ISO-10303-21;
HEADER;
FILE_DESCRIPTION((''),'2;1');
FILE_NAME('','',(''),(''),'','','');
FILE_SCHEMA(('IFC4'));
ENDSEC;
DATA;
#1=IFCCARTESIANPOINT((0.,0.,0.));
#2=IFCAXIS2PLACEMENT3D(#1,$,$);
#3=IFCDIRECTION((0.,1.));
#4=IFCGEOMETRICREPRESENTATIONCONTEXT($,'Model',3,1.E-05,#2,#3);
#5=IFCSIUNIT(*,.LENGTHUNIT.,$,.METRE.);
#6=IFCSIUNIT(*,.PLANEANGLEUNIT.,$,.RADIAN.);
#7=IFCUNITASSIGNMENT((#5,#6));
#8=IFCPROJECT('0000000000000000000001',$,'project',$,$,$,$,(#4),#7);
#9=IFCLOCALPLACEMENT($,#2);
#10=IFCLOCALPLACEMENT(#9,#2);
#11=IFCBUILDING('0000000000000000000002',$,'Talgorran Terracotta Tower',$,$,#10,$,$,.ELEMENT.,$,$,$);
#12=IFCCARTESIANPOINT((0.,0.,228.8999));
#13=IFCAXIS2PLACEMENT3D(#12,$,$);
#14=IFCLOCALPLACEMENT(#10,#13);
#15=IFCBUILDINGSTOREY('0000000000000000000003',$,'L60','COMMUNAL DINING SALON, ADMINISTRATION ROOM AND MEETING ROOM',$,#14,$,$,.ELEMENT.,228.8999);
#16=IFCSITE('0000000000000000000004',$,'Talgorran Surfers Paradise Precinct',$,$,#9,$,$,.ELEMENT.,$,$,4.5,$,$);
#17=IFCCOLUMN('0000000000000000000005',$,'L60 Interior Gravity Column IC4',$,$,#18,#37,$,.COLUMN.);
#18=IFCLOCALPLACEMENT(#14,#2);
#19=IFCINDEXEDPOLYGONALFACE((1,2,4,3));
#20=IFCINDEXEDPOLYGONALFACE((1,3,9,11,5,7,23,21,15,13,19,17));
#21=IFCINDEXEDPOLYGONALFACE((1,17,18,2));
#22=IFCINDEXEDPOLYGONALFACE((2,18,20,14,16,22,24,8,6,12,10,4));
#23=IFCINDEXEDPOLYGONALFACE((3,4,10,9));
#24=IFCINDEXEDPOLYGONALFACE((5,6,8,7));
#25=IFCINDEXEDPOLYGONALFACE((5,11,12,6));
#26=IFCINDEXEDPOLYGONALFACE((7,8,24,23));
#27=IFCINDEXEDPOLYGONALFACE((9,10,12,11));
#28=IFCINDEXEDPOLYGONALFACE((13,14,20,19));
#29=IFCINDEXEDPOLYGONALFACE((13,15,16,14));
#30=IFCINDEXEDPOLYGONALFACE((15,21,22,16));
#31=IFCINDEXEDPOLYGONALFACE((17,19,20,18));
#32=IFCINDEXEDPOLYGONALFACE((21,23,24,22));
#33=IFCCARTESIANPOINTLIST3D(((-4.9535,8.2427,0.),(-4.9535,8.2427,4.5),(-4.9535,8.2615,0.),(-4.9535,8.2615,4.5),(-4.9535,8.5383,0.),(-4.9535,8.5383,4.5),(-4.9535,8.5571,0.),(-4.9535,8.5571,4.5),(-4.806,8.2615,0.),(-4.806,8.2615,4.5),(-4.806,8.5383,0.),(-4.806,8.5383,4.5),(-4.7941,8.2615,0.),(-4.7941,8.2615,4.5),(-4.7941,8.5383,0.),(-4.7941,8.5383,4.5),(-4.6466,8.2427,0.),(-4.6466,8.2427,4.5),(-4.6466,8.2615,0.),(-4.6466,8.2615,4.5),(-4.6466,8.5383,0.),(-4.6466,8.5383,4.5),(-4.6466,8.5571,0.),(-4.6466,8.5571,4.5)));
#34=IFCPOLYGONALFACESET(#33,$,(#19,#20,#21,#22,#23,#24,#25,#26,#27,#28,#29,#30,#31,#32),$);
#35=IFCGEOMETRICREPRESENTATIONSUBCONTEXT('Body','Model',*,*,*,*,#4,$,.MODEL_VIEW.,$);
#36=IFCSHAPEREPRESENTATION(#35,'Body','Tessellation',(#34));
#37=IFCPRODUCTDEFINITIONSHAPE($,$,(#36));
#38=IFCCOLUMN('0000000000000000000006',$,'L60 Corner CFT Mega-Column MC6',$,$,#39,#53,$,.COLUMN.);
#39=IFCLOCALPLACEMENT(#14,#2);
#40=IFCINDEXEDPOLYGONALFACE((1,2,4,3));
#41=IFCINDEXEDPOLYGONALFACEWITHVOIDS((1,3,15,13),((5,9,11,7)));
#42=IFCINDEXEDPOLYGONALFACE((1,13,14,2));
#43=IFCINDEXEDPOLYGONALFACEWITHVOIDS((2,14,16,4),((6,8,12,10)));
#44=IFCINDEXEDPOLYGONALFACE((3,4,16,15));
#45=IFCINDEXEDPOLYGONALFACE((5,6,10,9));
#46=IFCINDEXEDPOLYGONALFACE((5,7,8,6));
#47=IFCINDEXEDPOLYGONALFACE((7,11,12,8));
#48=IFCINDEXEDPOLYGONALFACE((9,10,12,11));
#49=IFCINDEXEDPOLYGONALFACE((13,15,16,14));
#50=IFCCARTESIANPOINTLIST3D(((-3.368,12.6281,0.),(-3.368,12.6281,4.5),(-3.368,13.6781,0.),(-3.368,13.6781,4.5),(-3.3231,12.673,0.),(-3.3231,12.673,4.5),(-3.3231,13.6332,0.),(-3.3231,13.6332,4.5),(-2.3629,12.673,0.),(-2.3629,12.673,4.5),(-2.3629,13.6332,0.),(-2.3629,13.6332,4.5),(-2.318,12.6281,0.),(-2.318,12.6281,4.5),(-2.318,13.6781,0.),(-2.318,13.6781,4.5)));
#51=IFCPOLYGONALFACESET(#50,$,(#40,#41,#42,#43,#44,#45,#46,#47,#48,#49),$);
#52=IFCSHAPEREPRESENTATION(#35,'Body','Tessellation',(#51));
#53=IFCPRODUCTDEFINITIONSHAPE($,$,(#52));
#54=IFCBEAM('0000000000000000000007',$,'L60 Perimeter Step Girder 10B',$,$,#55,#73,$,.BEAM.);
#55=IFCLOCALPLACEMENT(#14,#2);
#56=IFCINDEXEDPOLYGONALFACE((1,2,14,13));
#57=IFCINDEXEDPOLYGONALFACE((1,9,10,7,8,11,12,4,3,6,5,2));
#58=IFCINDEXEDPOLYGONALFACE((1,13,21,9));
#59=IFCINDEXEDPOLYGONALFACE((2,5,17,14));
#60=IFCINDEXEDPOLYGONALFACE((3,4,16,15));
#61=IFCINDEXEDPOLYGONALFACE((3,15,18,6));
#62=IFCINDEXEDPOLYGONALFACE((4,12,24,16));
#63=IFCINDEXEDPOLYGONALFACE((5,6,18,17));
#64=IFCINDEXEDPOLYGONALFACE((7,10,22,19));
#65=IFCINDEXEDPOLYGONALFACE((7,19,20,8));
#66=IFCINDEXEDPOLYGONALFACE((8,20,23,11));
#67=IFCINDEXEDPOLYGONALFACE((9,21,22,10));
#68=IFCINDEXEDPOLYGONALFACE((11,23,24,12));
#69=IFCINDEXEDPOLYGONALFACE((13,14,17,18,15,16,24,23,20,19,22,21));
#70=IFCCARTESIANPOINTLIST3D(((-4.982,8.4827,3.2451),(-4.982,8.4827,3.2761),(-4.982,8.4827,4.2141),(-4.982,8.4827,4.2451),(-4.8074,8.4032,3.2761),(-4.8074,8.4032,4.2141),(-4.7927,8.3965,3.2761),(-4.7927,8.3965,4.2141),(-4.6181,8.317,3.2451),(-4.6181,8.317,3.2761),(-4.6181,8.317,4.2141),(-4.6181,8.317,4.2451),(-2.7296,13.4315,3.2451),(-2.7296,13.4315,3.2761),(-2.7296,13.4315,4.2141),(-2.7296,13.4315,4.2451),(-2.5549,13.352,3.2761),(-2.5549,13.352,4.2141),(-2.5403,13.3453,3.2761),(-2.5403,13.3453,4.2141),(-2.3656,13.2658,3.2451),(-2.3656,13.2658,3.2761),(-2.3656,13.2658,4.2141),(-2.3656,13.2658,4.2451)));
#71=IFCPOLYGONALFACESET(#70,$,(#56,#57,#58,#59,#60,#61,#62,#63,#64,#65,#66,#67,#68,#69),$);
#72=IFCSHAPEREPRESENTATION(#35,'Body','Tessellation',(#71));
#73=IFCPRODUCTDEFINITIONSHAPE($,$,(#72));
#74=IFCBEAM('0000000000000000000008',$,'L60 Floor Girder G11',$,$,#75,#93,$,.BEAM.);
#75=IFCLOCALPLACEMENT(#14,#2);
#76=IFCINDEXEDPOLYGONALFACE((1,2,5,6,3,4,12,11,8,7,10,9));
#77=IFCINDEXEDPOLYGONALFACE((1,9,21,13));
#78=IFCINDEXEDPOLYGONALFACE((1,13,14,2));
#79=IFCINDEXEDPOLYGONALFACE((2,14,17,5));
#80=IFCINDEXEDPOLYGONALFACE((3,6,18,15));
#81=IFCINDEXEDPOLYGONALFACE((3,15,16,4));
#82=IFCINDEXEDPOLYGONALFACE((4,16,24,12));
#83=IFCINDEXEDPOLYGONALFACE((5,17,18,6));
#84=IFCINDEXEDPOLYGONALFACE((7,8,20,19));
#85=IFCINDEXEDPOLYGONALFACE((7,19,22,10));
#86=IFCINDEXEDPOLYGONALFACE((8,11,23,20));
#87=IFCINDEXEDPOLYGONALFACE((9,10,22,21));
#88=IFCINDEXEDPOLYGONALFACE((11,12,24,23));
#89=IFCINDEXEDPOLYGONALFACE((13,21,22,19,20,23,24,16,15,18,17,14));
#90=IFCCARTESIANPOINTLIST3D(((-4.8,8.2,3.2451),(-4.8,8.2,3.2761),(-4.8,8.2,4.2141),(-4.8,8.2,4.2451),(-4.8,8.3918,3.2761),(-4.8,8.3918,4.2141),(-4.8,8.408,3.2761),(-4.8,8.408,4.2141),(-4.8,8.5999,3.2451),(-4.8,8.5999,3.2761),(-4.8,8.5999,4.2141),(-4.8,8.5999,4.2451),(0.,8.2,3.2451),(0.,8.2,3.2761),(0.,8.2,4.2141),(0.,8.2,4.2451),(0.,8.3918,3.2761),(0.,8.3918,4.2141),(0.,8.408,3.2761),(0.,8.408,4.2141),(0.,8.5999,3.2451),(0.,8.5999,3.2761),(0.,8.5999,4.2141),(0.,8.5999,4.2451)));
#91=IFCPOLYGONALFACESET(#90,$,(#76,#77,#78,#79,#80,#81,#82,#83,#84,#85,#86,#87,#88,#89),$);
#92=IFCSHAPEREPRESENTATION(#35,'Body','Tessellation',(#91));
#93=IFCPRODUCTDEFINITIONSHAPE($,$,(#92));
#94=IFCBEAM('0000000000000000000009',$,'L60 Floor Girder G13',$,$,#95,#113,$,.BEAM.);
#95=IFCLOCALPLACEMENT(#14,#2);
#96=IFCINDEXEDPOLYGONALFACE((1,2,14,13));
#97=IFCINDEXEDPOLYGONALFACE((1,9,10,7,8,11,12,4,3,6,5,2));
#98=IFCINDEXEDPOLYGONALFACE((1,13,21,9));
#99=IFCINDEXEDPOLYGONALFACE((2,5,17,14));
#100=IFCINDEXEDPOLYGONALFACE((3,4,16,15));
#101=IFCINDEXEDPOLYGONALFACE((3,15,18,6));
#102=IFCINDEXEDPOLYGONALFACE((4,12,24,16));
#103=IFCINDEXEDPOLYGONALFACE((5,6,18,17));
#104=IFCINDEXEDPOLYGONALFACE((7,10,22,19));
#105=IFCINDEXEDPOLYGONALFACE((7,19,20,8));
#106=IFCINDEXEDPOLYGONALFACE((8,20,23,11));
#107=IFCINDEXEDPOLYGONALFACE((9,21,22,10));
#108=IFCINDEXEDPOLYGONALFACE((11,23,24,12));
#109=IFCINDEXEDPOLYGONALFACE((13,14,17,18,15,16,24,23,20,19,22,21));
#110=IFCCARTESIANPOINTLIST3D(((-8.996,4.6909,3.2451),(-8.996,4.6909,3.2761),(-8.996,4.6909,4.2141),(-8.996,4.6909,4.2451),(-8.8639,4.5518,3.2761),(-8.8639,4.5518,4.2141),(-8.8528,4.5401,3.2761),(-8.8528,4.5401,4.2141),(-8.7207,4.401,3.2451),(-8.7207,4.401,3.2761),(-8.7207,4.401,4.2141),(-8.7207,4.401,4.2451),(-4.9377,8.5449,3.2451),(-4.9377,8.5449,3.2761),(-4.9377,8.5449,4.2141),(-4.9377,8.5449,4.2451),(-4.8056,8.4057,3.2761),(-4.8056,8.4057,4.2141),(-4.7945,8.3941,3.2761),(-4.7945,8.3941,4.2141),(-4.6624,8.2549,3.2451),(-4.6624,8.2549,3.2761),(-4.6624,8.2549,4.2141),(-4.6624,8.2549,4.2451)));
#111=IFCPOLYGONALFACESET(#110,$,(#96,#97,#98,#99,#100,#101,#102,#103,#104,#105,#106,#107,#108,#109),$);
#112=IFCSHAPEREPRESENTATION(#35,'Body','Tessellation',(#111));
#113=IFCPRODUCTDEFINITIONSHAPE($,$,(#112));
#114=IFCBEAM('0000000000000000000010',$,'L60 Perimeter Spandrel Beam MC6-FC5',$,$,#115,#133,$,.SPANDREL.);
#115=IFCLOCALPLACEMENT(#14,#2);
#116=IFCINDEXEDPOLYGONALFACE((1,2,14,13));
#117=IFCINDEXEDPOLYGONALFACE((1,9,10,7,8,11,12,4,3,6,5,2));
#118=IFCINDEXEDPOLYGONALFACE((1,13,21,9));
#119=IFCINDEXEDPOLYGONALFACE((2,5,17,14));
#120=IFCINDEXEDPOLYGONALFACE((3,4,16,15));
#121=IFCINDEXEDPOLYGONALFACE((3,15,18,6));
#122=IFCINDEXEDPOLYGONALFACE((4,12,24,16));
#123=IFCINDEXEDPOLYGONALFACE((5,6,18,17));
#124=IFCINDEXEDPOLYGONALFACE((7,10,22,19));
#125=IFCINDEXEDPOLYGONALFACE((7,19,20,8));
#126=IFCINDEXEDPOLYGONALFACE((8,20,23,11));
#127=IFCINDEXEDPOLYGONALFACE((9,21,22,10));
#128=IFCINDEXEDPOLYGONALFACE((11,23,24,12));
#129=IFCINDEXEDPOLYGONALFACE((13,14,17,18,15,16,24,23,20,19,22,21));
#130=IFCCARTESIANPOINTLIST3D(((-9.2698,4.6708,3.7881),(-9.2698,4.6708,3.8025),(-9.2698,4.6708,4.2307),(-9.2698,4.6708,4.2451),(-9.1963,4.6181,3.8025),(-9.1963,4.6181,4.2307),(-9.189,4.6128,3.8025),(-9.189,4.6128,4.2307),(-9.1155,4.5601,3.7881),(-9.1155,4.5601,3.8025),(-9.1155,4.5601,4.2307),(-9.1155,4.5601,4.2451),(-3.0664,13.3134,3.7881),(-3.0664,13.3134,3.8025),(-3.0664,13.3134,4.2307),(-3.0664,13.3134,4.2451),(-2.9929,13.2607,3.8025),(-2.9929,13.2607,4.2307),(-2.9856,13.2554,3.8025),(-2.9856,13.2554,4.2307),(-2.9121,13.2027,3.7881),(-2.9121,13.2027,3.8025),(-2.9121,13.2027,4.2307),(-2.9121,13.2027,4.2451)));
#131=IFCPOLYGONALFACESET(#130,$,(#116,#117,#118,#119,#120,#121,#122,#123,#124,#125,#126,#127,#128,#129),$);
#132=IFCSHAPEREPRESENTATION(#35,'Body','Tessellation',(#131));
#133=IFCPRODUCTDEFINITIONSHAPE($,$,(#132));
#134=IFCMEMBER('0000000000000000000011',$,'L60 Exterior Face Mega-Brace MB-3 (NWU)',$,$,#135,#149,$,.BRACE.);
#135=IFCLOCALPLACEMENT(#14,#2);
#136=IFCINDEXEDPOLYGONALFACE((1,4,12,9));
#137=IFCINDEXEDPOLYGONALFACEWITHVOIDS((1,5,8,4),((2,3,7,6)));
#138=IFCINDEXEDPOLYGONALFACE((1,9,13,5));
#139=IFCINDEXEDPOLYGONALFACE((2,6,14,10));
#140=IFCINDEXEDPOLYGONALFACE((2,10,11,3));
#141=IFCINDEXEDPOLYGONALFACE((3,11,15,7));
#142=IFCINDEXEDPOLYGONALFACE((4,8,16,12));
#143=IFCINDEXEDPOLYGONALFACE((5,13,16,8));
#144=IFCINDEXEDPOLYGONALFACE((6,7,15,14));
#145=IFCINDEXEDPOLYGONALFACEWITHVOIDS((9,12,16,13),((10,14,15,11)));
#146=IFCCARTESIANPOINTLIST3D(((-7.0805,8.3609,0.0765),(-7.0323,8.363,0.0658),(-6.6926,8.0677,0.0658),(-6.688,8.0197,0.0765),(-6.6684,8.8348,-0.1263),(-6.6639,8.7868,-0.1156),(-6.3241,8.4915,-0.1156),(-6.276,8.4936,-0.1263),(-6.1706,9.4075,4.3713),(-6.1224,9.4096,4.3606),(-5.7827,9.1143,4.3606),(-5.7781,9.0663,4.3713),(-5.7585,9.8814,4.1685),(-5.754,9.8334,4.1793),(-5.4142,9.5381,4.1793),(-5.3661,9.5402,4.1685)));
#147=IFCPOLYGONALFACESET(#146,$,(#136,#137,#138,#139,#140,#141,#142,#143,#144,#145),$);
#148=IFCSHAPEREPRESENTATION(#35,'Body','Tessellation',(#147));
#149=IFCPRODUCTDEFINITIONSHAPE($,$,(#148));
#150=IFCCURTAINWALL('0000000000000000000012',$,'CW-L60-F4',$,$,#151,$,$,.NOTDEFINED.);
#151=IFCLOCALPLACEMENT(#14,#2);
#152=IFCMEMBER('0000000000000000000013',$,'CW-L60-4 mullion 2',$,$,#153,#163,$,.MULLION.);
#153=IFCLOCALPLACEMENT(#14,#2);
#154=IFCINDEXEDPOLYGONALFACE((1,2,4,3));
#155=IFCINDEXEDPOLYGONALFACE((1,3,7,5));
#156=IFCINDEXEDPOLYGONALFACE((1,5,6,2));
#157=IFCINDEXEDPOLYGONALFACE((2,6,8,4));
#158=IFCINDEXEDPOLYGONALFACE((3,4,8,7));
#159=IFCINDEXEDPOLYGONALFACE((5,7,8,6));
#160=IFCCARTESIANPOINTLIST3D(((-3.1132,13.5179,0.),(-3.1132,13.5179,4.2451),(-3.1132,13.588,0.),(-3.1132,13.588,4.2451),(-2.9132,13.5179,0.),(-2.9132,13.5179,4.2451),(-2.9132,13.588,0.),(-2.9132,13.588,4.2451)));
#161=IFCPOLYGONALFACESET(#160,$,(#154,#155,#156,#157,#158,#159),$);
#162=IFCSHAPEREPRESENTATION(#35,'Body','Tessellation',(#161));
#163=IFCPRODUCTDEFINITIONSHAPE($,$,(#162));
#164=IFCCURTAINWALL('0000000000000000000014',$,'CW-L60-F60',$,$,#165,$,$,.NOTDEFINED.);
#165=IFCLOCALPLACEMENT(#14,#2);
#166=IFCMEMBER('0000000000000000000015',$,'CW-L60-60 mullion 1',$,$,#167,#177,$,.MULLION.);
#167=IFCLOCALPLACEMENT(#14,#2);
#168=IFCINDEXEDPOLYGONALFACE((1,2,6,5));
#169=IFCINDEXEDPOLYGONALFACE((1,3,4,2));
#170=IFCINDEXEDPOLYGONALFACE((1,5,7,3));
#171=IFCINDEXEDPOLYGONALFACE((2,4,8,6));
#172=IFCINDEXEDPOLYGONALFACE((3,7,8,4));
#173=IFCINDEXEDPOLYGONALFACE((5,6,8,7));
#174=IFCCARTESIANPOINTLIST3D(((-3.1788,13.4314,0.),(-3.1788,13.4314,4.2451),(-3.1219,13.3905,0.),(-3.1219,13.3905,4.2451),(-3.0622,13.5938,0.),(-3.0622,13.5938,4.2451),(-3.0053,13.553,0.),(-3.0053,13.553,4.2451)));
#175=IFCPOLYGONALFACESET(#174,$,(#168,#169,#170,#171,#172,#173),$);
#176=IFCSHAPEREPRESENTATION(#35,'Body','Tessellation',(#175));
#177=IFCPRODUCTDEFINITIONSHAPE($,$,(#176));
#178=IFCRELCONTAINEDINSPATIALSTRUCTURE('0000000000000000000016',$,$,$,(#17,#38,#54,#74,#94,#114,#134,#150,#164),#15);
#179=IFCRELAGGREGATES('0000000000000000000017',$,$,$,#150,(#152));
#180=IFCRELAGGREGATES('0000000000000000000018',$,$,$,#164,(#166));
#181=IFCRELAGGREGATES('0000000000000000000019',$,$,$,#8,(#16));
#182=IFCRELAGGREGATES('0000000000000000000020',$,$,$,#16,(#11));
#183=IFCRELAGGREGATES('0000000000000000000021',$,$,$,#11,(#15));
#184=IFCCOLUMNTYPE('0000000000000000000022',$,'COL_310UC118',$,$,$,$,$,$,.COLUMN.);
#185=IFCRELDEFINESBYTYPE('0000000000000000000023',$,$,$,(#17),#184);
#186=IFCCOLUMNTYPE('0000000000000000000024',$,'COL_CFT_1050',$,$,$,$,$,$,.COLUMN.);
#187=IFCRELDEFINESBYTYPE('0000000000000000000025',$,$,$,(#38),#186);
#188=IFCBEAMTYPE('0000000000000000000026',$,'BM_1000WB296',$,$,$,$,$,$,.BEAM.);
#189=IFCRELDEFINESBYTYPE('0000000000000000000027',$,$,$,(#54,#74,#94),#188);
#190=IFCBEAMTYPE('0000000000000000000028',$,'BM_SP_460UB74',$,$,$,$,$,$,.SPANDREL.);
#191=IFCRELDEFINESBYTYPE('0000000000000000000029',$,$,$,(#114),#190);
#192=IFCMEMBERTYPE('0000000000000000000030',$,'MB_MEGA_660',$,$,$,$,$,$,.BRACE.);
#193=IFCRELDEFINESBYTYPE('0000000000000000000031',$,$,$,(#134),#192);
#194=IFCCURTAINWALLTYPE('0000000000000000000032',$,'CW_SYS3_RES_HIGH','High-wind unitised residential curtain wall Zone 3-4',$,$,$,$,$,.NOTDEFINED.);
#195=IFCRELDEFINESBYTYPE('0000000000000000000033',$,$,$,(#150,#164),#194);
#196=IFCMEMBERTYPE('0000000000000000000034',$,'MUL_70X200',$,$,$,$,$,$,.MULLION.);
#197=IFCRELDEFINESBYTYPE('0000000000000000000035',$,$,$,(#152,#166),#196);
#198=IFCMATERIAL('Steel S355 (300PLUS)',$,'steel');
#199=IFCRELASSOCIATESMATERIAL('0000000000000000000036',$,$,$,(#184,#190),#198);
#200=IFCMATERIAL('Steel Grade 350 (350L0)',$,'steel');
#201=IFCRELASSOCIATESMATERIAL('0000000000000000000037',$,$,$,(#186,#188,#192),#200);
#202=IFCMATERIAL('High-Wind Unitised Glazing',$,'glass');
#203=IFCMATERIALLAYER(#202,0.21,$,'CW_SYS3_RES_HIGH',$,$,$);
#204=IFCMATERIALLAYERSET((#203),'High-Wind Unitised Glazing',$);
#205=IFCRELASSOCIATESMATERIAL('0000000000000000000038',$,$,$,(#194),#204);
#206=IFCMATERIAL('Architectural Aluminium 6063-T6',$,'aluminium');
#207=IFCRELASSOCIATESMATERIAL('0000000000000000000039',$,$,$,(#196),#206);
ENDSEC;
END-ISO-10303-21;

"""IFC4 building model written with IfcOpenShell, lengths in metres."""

from ifc_helpers import new_model, si_unit, direction, frame, origin, origin_2d, place, context, subcontext, project, spatial, rectangle, hollow_rectangle, i_section, extrude, material, layer, layer_set, material_profile, profile_set, type_object, element, aggregate, save


model = new_model("IFC4")

# Units and contexts
model_context = context("Model", 3, precision=1e-05, world=origin(), true_north=direction((0.0, 1.0)))
body_context = subcontext(model_context, "Body", "Model", "MODEL_VIEW")
ifc_project = project(units=[si_unit("LENGTHUNIT", "METRE"), si_unit("PLANEANGLEUNIT", "RADIAN")], contexts=[model_context])

# Site, building, storey
site_placement = place(None, origin())
site = spatial("IfcSite", under=ifc_project, at=site_placement, Name="Talgorran Surfers Paradise Precinct", CompositionType="ELEMENT", RefElevation=4.5)
building_placement = place(site_placement, origin())
building = spatial("IfcBuilding", under=site, at=building_placement, Name="Talgorran Terracotta Tower", CompositionType="ELEMENT")
storey_placement = place(building_placement, frame((0.0, 0.0, 228.8999)))
storey = spatial("IfcBuildingStorey", under=building, at=storey_placement, Name="L60", Description="COMMUNAL DINING SALON, ADMINISTRATION ROOM AND MEETING ROOM", CompositionType="ELEMENT", Elevation=228.8999)

# Columns
ifc_material_1 = material(Name="Steel S355 (300PLUS)", Category="steel")
ifc_material_profile_1 = material_profile(ifc_material_1, i_section(OverallWidth=0.3069, OverallDepth=0.3145, WebThickness=0.012, FlangeThickness=0.0188, at=origin_2d()), Name="310UC118")
ifc_profile_set_1 = profile_set([ifc_material_profile_1], Name="Steel S355 (300PLUS)")
column_type_1 = type_object("IfcColumnType", Name="COL_310UC118", PredefinedType="COLUMN", material=ifc_profile_set_1)
column_1_placement = place(storey_placement, frame((-4.8, 8.3999, 0.0), z_axis=(0.0, 0.0, 1.0), x_axis=(1.0, 0.0, 0.0)))
element("IfcColumn", 1, at=column_1_placement, inside=storey, type_object=column_type_1, Name="L60 Interior Gravity Column IC4", PredefinedType="COLUMN", context=body_context, shape_type="SweptSolid", body=[
    extrude(i_section(OverallWidth=0.3069, OverallDepth=0.3145, WebThickness=0.012, FlangeThickness=0.0188, at=origin_2d()), origin(), (0.0, 0.0, 1.0), 4.5),
])
ifc_material_2 = material(Name="Steel Grade 350 (350L0)", Category="steel")
ifc_material_profile_2 = material_profile(ifc_material_2, hollow_rectangle(XDim=1.05, YDim=1.05, WallThickness=0.0449, at=origin_2d()), Name="CFT1050X1050X45")
ifc_profile_set_2 = profile_set([ifc_material_profile_2], Name="Steel Grade 350 (350L0)")
column_type_2 = type_object("IfcColumnType", Name="COL_CFT_1050", PredefinedType="COLUMN", material=ifc_profile_set_2)
column_2_placement = place(storey_placement, frame((-2.843, 13.1531, 0.0), z_axis=(0.0, 0.0, 1.0), x_axis=(1.0, 0.0, 0.0)))
element("IfcColumn", 2, at=column_2_placement, inside=storey, type_object=column_type_2, Name="L60 Corner CFT Mega-Column MC6", PredefinedType="COLUMN", context=body_context, shape_type="SweptSolid", body=[
    extrude(hollow_rectangle(XDim=1.05, YDim=1.05, WallThickness=0.0449, at=origin_2d()), origin(), (0.0, 0.0, 1.0), 4.5),
])

# Beams
ifc_material_profile_3 = material_profile(ifc_material_2, i_section(OverallWidth=0.3999, OverallDepth=1.0, WebThickness=0.0161, FlangeThickness=0.031, at=origin_2d()), Name="1000WB296")
ifc_profile_set_3 = profile_set([ifc_material_profile_3], Name="Steel Grade 350 (350L0)")
beam_type_1 = type_object("IfcBeamType", Name="BM_1000WB296", PredefinedType="BEAM", material=ifc_profile_set_3)
beam_1_placement = place(storey_placement, frame((-2.5476, 13.3486, 3.7451), z_axis=(-0.414263, -0.910157, 0.0), x_axis=(0.910157, -0.414263, 0.0)))
element("IfcBeam", 3, at=beam_1_placement, inside=storey, type_object=beam_type_1, Name="L60 Perimeter Step Girder 10B", PredefinedType="BEAM", context=body_context, shape_type="SweptSolid", body=[
    extrude(i_section(OverallWidth=0.3999, OverallDepth=1.0, WebThickness=0.0161, FlangeThickness=0.031, at=origin_2d()), origin(), (0.0, 0.0, 1.0), 5.4373),
])
beam_2_placement = place(storey_placement, frame((-4.8, 8.3999, 3.7451), z_axis=(1.0, 0.0, 0.0), x_axis=(0.0, 1.0, 0.0)))
element("IfcBeam", 4, at=beam_2_placement, inside=storey, type_object=beam_type_1, Name="L60 Floor Girder G11", PredefinedType="BEAM", context=body_context, shape_type="SweptSolid", body=[
    extrude(i_section(OverallWidth=0.3999, OverallDepth=1.0, WebThickness=0.0161, FlangeThickness=0.031, at=origin_2d()), origin(), (0.0, 0.0, 1.0), 4.8),
])
beam_3_placement = place(storey_placement, frame((-4.8, 8.3999, 3.7451), z_axis=(-0.725127, -0.688615, 0.0), x_axis=(0.688615, -0.725127, 0.0)))
element("IfcBeam", 5, at=beam_3_placement, inside=storey, type_object=beam_type_1, Name="L60 Floor Girder G13", PredefinedType="BEAM", context=body_context, shape_type="SweptSolid", body=[
    extrude(i_section(OverallWidth=0.3999, OverallDepth=1.0, WebThickness=0.0161, FlangeThickness=0.031, at=origin_2d()), origin(), (0.0, 0.0, 1.0), 5.5967),
])
ifc_material_profile_4 = material_profile(ifc_material_1, i_section(OverallWidth=0.1899, OverallDepth=0.457, WebThickness=0.009, FlangeThickness=0.0144, at=origin_2d()), Name="460UB74.6")
ifc_profile_set_4 = profile_set([ifc_material_profile_4], Name="Steel S355 (300PLUS)")
beam_type_2 = type_object("IfcBeamType", Name="BM_SP_460UB74", PredefinedType="SPANDREL", material=ifc_profile_set_4)
beam_4_placement = place(storey_placement, frame((-2.9893, 13.2581, 4.0166), z_axis=(-0.58311, -0.812393, 0.0), x_axis=(0.812393, -0.58311, 0.0)))
element("IfcBeam", 6, at=beam_4_placement, inside=storey, type_object=beam_type_2, Name="L60 Perimeter Spandrel Beam MC6-FC5", PredefinedType="SPANDREL", context=body_context, shape_type="SweptSolid", body=[
    extrude(i_section(OverallWidth=0.1899, OverallDepth=0.457, WebThickness=0.009, FlangeThickness=0.0144, at=origin_2d()), origin(), (0.0, 0.0, 1.0), 10.6384),
])

# Member
ifc_material_profile_5 = material_profile(ifc_material_2, hollow_rectangle(XDim=0.52, YDim=0.6599, WallThickness=0.0349, at=origin_2d()), Name="WBOX660X520X35")
ifc_profile_set_5 = profile_set([ifc_material_profile_5], Name="Steel Grade 350 (350L0)")
member_type_1 = type_object("IfcMemberType", Name="MB_MEGA_660", PredefinedType="BRACE", material=ifc_profile_set_5)
member_1_placement = place(storey_placement, frame((-6.6782, 8.4272, -0.0249), z_axis=(0.201608, 0.2319, 0.951618), x_axis=(-0.754678, 0.656096, 0.0)))
element("IfcMember", 7, at=member_1_placement, inside=storey, type_object=member_type_1, Name="L60 Exterior Face Mega-Brace MB-3 (NWU)", PredefinedType="BRACE", context=body_context, shape_type="SweptSolid", body=[
    extrude(hollow_rectangle(XDim=0.52, YDim=0.6599, WallThickness=0.0349, at=origin_2d()), origin(), (0.0, 0.0, 1.0), 4.5132),
])

# Curtain wall, member
ifc_material_3 = material(Name="High-Wind Unitised Glazing", Category="glass")
ifc_layer_1 = layer(ifc_material_3, 0.21, Name="CW_SYS3_RES_HIGH")
ifc_layer_set_1 = layer_set([ifc_layer_1], Name="High-Wind Unitised Glazing")
curtain_wall_type = type_object("IfcCurtainWallType", Name="CW_SYS3_RES_HIGH", Description="High-wind unitised residential curtain wall Zone 3-4", PredefinedType="NOTDEFINED", material=ifc_layer_set_1)
curtain_wall_1_placement = place(storey_placement, origin())
curtain_wall_1 = element("IfcCurtainWall", 8, at=curtain_wall_1_placement, inside=storey, type_object=curtain_wall_type, Name="CW-L60-F4", PredefinedType="NOTDEFINED")
ifc_material_4 = material(Name="Architectural Aluminium 6063-T6", Category="aluminium")
ifc_material_profile_6 = material_profile(ifc_material_4, rectangle(XDim=0.0701, YDim=0.2, at=origin_2d()), Name="CWM70X200")
ifc_profile_set_6 = profile_set([ifc_material_profile_6], Name="Architectural Aluminium 6063-T6")
member_type_2 = type_object("IfcMemberType", Name="MUL_70X200", PredefinedType="MULLION", material=ifc_profile_set_6)
member_2_placement = place(storey_placement, frame((-3.0132, 13.553, 0.0), z_axis=(0.0, 0.0, 1.0), x_axis=(0.0, -1.0, 0.0)))
member_2 = element("IfcMember", 9, at=member_2_placement, type_object=member_type_2, Name="CW-L60-4 mullion 2", PredefinedType="MULLION", context=body_context, shape_type="SweptSolid", body=[
    extrude(rectangle(XDim=0.0701, YDim=0.2, at=origin_2d()), origin(), (0.0, 0.0, 1.0), 4.2451),
])
aggregate(curtain_wall_1, [member_2])

# Curtain wall, member
curtain_wall_2_placement = place(storey_placement, origin())
curtain_wall_2 = element("IfcCurtainWall", 10, at=curtain_wall_2_placement, inside=storey, type_object=curtain_wall_type, Name="CW-L60-F60", PredefinedType="NOTDEFINED")
member_3_placement = place(storey_placement, frame((-3.092, 13.4922, 0.0), z_axis=(0.0, 0.0, 1.0), x_axis=(0.81239, -0.583114, 0.0)))
member_3 = element("IfcMember", 11, at=member_3_placement, type_object=member_type_2, Name="CW-L60-60 mullion 1", PredefinedType="MULLION", context=body_context, shape_type="SweptSolid", body=[
    extrude(rectangle(XDim=0.0701, YDim=0.2, at=origin_2d()), origin(), (0.0, 0.0, 1.0), 4.2451),
])

aggregate(curtain_wall_2, [member_3])

save(model, "model.ifc")
